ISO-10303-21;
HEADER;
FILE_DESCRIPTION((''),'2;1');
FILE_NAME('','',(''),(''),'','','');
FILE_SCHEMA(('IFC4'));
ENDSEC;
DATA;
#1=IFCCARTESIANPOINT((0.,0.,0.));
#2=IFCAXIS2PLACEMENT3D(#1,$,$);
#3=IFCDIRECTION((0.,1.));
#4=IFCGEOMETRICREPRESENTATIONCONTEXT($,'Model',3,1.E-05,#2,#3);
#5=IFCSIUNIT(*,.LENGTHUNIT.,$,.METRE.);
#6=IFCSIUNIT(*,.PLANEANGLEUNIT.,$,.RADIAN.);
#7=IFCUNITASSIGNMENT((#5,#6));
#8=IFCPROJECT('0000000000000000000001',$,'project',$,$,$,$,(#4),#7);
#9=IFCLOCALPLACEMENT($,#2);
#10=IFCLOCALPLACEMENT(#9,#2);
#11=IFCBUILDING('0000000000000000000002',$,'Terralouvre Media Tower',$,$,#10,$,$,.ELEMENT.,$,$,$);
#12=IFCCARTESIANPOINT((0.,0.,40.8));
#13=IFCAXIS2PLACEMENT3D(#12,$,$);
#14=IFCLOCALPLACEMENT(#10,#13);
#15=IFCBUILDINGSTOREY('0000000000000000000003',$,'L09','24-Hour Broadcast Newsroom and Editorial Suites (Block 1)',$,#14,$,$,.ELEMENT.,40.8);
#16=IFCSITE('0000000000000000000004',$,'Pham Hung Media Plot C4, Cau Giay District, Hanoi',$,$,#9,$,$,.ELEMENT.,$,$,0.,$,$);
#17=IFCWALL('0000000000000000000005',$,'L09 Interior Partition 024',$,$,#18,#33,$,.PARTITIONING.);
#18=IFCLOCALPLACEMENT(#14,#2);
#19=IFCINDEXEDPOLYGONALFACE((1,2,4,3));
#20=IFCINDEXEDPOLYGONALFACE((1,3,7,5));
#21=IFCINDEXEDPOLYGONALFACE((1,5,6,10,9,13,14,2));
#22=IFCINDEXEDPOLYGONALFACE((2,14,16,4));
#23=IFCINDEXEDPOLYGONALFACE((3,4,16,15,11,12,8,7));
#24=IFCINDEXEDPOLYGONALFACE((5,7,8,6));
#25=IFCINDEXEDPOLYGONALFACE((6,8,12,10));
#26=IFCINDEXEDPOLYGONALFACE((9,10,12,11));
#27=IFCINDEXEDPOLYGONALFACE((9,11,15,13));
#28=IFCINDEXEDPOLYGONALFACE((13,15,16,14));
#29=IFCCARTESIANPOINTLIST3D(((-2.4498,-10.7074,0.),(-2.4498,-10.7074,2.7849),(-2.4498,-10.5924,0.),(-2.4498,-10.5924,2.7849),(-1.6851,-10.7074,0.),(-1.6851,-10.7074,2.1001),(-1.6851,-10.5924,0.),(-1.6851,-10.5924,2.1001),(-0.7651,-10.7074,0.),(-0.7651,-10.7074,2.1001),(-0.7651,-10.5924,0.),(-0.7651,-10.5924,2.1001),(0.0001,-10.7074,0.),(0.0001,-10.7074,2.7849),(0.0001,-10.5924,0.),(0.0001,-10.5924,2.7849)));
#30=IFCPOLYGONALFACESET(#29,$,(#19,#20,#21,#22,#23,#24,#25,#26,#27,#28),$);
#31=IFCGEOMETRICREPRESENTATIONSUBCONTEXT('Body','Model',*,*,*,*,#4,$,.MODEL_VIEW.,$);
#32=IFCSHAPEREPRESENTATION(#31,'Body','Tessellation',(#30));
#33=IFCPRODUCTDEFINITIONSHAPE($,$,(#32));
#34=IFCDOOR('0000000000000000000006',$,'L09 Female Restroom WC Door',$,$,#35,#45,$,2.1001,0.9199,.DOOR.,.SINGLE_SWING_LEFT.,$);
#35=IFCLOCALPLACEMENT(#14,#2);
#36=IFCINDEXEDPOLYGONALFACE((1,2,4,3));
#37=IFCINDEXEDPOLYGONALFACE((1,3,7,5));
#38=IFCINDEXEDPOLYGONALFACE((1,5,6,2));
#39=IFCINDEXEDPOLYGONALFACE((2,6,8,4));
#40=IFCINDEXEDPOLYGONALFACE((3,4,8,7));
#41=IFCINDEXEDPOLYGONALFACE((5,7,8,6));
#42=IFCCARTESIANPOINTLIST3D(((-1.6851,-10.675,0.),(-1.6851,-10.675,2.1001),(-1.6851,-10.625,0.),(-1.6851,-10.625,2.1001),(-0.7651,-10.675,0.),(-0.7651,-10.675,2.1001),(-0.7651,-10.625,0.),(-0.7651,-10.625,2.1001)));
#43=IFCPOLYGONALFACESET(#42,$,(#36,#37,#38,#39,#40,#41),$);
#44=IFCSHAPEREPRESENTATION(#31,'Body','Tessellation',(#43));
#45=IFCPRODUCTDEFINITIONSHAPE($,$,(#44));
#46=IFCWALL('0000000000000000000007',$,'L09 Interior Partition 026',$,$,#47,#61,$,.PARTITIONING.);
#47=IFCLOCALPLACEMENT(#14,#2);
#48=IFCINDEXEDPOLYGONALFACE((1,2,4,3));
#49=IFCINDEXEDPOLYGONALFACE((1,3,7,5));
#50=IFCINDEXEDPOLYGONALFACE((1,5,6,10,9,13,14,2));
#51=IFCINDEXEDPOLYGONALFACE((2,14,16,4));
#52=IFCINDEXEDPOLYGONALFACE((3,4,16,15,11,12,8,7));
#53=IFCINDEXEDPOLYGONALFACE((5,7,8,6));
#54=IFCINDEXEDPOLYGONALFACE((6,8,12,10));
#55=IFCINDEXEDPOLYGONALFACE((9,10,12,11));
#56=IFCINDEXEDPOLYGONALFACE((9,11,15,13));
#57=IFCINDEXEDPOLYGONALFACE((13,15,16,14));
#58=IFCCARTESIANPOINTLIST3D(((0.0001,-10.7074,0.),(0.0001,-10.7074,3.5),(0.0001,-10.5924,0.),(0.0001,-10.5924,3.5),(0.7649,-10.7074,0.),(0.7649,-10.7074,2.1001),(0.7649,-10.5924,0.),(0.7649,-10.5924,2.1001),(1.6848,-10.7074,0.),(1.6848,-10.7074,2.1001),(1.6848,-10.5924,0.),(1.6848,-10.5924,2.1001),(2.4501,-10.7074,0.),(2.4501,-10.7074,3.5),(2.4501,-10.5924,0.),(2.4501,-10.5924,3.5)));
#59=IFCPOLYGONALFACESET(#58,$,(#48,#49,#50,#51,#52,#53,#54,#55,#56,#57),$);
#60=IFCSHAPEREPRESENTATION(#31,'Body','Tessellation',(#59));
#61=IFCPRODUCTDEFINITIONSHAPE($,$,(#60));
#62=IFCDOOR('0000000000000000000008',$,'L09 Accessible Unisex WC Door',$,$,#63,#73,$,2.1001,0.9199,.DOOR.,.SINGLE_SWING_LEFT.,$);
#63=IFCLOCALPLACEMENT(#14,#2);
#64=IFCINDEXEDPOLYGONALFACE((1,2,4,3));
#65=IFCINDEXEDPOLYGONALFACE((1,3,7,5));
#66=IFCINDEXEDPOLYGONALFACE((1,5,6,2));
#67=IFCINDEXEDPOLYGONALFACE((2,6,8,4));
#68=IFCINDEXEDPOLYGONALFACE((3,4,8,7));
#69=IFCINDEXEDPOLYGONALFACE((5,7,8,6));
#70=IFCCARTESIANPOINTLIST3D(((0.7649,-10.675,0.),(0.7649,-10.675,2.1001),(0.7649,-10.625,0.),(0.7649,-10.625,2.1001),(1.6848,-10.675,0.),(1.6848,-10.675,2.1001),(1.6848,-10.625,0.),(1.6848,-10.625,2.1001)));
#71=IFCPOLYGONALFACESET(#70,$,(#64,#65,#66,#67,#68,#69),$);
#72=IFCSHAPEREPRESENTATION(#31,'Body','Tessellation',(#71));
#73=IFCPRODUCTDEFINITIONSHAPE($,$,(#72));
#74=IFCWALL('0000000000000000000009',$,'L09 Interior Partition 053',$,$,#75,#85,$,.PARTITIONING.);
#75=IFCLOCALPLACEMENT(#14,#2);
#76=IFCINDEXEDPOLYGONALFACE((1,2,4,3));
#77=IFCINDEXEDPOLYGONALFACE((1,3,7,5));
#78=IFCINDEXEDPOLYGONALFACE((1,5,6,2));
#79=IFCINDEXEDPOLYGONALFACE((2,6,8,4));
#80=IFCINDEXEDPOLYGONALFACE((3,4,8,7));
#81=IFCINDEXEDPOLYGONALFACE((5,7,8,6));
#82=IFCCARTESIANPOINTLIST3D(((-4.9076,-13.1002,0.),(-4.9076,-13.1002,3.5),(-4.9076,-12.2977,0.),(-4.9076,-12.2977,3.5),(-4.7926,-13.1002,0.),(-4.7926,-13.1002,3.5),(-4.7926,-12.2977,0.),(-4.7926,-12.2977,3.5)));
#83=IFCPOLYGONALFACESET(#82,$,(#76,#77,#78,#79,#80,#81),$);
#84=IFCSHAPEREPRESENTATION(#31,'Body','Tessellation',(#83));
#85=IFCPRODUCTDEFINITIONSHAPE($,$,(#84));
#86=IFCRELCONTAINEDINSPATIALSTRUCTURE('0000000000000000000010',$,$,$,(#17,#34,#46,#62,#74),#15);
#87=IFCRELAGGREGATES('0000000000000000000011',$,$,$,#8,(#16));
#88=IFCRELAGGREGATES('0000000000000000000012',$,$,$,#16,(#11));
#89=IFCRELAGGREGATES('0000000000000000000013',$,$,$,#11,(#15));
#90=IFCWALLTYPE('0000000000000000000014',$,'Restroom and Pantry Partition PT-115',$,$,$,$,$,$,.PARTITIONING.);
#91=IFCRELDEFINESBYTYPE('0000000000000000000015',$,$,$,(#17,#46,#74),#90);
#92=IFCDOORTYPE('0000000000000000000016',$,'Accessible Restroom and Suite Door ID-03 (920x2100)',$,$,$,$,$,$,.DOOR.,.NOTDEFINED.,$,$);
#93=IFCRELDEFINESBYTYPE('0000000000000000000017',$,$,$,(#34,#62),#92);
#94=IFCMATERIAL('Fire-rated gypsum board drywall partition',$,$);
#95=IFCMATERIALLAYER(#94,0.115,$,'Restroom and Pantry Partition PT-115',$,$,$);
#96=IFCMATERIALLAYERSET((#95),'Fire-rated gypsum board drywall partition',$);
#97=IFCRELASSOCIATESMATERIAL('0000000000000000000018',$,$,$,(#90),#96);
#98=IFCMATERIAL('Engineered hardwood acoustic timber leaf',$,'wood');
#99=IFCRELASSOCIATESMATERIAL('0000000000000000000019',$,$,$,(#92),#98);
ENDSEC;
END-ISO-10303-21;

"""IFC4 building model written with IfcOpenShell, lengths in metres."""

from ifc_helpers import new_model, si_unit, direction, frame, frame_2d, origin, place, context, subcontext, project, spatial, rectangle, extrude, material, layer, layer_set, type_object, element, fill, save


model = new_model("IFC4")

# Units and contexts
model_context = context("Model", 3, precision=1e-05, world=origin(), true_north=direction((0.0, 1.0)))
body_context = subcontext(model_context, "Body", "Model", "MODEL_VIEW")
ifc_project = project(units=[si_unit("LENGTHUNIT", "METRE"), si_unit("PLANEANGLEUNIT", "RADIAN")], contexts=[model_context])

# Site, building, storey
site_placement = place(None, origin())
site = spatial("IfcSite", under=ifc_project, at=site_placement, Name="Pham Hung Media Plot C4, Cau Giay District, Hanoi", CompositionType="ELEMENT", RefElevation=0.0)
building_placement = place(site_placement, origin())
building = spatial("IfcBuilding", under=site, at=building_placement, Name="Terralouvre Media Tower", CompositionType="ELEMENT")
storey_placement = place(building_placement, frame((0.0, 0.0, 40.8)))
storey = spatial("IfcBuildingStorey", under=building, at=storey_placement, Name="L09", Description="24-Hour Broadcast Newsroom and Editorial Suites (Block 1)", CompositionType="ELEMENT", Elevation=40.8)

# Walls, openings, doors
ifc_material_1 = material(Name="Fire-rated gypsum board drywall partition")
ifc_layer_1 = layer(ifc_material_1, 0.115, Name="Restroom and Pantry Partition PT-115")
ifc_layer_set_1 = layer_set([ifc_layer_1], Name="Fire-rated gypsum board drywall partition")
wall_type_1 = type_object("IfcWallType", Name="Restroom and Pantry Partition PT-115", PredefinedType="PARTITIONING", material=ifc_layer_set_1)
ifc_material_2 = material(Name="Engineered hardwood acoustic timber leaf", Category="wood")
door_type_1 = type_object("IfcDoorType", Name="Accessible Restroom and Suite Door ID-03 (920x2100)", OperationType="NOTDEFINED", PredefinedType="DOOR", material=ifc_material_2)
wall_1_placement = place(storey_placement, frame((-2.45, -10.6499, 0.0), z_axis=(0.0, 0.0, 1.0), x_axis=(1.0, 0.0, 0.0)))
wall_1 = element("IfcWall", 1, at=wall_1_placement, inside=storey, type_object=wall_type_1, Name="L09 Interior Partition 024", PredefinedType="PARTITIONING", context=body_context, shape_type="SweptSolid", body=[
    extrude(rectangle(XDim=2.45, YDim=0.115, at=frame_2d((1.2251, 0.0))), origin(), (0.0, 0.0, 1.0), 2.7849),
])
opening_1_placement = place(wall_1_placement, frame((0.7649, 0.0, 0.0)))
opening_1 = element("IfcOpeningElement", 2, at=opening_1_placement, cuts=wall_1, PredefinedType="OPENING", context=body_context, shape_type="SweptSolid", body=[
    extrude(rectangle(XDim=0.9199, YDim=2.1001, at=frame_2d((0.46, 1.05))), frame((0.0, 0.0674, 0.0), z_axis=(0.0, -1.0, 0.0), x_axis=(1.0, 0.0, 0.0)), (0.0, 0.0, 1.0), 0.135),
])
door_1_placement = place(opening_1_placement, origin())
door_1 = element("IfcDoor", 3, at=door_1_placement, inside=storey, type_object=door_type_1, Name="L09 Female Restroom WC Door", OperationType="SINGLE_SWING_LEFT", OverallHeight=2.1001, OverallWidth=0.9199, PredefinedType="DOOR", context=body_context, shape_type="SweptSolid", body=[
    extrude(rectangle(XDim=0.9199, YDim=2.1001, at=frame_2d((0.46, 1.05))), frame((0.0, 0.0249, 0.0), z_axis=(0.0, -1.0, 0.0), x_axis=(1.0, 0.0, 0.0)), (0.0, 0.0, 1.0), 0.05),
])
fill(opening_1, door_1)
wall_2_placement = place(storey_placement, frame((0.0, -10.6499, 0.0), z_axis=(0.0, 0.0, 1.0), x_axis=(1.0, 0.0, 0.0)))
wall_2 = element("IfcWall", 4, at=wall_2_placement, inside=storey, type_object=wall_type_1, Name="L09 Interior Partition 026", PredefinedType="PARTITIONING", context=body_context, shape_type="SweptSolid", body=[
    extrude(rectangle(XDim=2.45, YDim=0.115, at=frame_2d((1.2251, 0.0))), origin(), (0.0, 0.0, 1.0), 3.5),
])
opening_2_placement = place(wall_2_placement, frame((0.7649, 0.0, 0.0)))
opening_2 = element("IfcOpeningElement", 5, at=opening_2_placement, cuts=wall_2, PredefinedType="OPENING", context=body_context, shape_type="SweptSolid", body=[
    extrude(rectangle(XDim=0.9199, YDim=2.1001, at=frame_2d((0.46, 1.05))), frame((0.0, 0.0674, 0.0), z_axis=(0.0, -1.0, 0.0), x_axis=(1.0, 0.0, 0.0)), (0.0, 0.0, 1.0), 0.135),
])
door_2_placement = place(opening_2_placement, origin())
door_2 = element("IfcDoor", 6, at=door_2_placement, inside=storey, type_object=door_type_1, Name="L09 Accessible Unisex WC Door", OperationType="SINGLE_SWING_LEFT", OverallHeight=2.1001, OverallWidth=0.9199, PredefinedType="DOOR", context=body_context, shape_type="SweptSolid", body=[
    extrude(rectangle(XDim=0.9199, YDim=2.1001, at=frame_2d((0.46, 1.05))), frame((0.0, 0.0249, 0.0), z_axis=(0.0, -1.0, 0.0), x_axis=(1.0, 0.0, 0.0)), (0.0, 0.0, 1.0), 0.05),
])
fill(opening_2, door_2)

# Wall
wall_3_placement = place(storey_placement, frame((-4.8501, -12.2976, 0.0), z_axis=(0.0, 0.0, 1.0), x_axis=(0.0, -1.0, 0.0)))
element("IfcWall", 7, at=wall_3_placement, inside=storey, type_object=wall_type_1, Name="L09 Interior Partition 053", PredefinedType="PARTITIONING", context=body_context, shape_type="SweptSolid", body=[
    extrude(rectangle(XDim=0.8025, YDim=0.115, at=frame_2d((0.4014, 0.0))), origin(), (0.0, 0.0, 1.0), 3.5),
])

save(model, "model.ifc")
